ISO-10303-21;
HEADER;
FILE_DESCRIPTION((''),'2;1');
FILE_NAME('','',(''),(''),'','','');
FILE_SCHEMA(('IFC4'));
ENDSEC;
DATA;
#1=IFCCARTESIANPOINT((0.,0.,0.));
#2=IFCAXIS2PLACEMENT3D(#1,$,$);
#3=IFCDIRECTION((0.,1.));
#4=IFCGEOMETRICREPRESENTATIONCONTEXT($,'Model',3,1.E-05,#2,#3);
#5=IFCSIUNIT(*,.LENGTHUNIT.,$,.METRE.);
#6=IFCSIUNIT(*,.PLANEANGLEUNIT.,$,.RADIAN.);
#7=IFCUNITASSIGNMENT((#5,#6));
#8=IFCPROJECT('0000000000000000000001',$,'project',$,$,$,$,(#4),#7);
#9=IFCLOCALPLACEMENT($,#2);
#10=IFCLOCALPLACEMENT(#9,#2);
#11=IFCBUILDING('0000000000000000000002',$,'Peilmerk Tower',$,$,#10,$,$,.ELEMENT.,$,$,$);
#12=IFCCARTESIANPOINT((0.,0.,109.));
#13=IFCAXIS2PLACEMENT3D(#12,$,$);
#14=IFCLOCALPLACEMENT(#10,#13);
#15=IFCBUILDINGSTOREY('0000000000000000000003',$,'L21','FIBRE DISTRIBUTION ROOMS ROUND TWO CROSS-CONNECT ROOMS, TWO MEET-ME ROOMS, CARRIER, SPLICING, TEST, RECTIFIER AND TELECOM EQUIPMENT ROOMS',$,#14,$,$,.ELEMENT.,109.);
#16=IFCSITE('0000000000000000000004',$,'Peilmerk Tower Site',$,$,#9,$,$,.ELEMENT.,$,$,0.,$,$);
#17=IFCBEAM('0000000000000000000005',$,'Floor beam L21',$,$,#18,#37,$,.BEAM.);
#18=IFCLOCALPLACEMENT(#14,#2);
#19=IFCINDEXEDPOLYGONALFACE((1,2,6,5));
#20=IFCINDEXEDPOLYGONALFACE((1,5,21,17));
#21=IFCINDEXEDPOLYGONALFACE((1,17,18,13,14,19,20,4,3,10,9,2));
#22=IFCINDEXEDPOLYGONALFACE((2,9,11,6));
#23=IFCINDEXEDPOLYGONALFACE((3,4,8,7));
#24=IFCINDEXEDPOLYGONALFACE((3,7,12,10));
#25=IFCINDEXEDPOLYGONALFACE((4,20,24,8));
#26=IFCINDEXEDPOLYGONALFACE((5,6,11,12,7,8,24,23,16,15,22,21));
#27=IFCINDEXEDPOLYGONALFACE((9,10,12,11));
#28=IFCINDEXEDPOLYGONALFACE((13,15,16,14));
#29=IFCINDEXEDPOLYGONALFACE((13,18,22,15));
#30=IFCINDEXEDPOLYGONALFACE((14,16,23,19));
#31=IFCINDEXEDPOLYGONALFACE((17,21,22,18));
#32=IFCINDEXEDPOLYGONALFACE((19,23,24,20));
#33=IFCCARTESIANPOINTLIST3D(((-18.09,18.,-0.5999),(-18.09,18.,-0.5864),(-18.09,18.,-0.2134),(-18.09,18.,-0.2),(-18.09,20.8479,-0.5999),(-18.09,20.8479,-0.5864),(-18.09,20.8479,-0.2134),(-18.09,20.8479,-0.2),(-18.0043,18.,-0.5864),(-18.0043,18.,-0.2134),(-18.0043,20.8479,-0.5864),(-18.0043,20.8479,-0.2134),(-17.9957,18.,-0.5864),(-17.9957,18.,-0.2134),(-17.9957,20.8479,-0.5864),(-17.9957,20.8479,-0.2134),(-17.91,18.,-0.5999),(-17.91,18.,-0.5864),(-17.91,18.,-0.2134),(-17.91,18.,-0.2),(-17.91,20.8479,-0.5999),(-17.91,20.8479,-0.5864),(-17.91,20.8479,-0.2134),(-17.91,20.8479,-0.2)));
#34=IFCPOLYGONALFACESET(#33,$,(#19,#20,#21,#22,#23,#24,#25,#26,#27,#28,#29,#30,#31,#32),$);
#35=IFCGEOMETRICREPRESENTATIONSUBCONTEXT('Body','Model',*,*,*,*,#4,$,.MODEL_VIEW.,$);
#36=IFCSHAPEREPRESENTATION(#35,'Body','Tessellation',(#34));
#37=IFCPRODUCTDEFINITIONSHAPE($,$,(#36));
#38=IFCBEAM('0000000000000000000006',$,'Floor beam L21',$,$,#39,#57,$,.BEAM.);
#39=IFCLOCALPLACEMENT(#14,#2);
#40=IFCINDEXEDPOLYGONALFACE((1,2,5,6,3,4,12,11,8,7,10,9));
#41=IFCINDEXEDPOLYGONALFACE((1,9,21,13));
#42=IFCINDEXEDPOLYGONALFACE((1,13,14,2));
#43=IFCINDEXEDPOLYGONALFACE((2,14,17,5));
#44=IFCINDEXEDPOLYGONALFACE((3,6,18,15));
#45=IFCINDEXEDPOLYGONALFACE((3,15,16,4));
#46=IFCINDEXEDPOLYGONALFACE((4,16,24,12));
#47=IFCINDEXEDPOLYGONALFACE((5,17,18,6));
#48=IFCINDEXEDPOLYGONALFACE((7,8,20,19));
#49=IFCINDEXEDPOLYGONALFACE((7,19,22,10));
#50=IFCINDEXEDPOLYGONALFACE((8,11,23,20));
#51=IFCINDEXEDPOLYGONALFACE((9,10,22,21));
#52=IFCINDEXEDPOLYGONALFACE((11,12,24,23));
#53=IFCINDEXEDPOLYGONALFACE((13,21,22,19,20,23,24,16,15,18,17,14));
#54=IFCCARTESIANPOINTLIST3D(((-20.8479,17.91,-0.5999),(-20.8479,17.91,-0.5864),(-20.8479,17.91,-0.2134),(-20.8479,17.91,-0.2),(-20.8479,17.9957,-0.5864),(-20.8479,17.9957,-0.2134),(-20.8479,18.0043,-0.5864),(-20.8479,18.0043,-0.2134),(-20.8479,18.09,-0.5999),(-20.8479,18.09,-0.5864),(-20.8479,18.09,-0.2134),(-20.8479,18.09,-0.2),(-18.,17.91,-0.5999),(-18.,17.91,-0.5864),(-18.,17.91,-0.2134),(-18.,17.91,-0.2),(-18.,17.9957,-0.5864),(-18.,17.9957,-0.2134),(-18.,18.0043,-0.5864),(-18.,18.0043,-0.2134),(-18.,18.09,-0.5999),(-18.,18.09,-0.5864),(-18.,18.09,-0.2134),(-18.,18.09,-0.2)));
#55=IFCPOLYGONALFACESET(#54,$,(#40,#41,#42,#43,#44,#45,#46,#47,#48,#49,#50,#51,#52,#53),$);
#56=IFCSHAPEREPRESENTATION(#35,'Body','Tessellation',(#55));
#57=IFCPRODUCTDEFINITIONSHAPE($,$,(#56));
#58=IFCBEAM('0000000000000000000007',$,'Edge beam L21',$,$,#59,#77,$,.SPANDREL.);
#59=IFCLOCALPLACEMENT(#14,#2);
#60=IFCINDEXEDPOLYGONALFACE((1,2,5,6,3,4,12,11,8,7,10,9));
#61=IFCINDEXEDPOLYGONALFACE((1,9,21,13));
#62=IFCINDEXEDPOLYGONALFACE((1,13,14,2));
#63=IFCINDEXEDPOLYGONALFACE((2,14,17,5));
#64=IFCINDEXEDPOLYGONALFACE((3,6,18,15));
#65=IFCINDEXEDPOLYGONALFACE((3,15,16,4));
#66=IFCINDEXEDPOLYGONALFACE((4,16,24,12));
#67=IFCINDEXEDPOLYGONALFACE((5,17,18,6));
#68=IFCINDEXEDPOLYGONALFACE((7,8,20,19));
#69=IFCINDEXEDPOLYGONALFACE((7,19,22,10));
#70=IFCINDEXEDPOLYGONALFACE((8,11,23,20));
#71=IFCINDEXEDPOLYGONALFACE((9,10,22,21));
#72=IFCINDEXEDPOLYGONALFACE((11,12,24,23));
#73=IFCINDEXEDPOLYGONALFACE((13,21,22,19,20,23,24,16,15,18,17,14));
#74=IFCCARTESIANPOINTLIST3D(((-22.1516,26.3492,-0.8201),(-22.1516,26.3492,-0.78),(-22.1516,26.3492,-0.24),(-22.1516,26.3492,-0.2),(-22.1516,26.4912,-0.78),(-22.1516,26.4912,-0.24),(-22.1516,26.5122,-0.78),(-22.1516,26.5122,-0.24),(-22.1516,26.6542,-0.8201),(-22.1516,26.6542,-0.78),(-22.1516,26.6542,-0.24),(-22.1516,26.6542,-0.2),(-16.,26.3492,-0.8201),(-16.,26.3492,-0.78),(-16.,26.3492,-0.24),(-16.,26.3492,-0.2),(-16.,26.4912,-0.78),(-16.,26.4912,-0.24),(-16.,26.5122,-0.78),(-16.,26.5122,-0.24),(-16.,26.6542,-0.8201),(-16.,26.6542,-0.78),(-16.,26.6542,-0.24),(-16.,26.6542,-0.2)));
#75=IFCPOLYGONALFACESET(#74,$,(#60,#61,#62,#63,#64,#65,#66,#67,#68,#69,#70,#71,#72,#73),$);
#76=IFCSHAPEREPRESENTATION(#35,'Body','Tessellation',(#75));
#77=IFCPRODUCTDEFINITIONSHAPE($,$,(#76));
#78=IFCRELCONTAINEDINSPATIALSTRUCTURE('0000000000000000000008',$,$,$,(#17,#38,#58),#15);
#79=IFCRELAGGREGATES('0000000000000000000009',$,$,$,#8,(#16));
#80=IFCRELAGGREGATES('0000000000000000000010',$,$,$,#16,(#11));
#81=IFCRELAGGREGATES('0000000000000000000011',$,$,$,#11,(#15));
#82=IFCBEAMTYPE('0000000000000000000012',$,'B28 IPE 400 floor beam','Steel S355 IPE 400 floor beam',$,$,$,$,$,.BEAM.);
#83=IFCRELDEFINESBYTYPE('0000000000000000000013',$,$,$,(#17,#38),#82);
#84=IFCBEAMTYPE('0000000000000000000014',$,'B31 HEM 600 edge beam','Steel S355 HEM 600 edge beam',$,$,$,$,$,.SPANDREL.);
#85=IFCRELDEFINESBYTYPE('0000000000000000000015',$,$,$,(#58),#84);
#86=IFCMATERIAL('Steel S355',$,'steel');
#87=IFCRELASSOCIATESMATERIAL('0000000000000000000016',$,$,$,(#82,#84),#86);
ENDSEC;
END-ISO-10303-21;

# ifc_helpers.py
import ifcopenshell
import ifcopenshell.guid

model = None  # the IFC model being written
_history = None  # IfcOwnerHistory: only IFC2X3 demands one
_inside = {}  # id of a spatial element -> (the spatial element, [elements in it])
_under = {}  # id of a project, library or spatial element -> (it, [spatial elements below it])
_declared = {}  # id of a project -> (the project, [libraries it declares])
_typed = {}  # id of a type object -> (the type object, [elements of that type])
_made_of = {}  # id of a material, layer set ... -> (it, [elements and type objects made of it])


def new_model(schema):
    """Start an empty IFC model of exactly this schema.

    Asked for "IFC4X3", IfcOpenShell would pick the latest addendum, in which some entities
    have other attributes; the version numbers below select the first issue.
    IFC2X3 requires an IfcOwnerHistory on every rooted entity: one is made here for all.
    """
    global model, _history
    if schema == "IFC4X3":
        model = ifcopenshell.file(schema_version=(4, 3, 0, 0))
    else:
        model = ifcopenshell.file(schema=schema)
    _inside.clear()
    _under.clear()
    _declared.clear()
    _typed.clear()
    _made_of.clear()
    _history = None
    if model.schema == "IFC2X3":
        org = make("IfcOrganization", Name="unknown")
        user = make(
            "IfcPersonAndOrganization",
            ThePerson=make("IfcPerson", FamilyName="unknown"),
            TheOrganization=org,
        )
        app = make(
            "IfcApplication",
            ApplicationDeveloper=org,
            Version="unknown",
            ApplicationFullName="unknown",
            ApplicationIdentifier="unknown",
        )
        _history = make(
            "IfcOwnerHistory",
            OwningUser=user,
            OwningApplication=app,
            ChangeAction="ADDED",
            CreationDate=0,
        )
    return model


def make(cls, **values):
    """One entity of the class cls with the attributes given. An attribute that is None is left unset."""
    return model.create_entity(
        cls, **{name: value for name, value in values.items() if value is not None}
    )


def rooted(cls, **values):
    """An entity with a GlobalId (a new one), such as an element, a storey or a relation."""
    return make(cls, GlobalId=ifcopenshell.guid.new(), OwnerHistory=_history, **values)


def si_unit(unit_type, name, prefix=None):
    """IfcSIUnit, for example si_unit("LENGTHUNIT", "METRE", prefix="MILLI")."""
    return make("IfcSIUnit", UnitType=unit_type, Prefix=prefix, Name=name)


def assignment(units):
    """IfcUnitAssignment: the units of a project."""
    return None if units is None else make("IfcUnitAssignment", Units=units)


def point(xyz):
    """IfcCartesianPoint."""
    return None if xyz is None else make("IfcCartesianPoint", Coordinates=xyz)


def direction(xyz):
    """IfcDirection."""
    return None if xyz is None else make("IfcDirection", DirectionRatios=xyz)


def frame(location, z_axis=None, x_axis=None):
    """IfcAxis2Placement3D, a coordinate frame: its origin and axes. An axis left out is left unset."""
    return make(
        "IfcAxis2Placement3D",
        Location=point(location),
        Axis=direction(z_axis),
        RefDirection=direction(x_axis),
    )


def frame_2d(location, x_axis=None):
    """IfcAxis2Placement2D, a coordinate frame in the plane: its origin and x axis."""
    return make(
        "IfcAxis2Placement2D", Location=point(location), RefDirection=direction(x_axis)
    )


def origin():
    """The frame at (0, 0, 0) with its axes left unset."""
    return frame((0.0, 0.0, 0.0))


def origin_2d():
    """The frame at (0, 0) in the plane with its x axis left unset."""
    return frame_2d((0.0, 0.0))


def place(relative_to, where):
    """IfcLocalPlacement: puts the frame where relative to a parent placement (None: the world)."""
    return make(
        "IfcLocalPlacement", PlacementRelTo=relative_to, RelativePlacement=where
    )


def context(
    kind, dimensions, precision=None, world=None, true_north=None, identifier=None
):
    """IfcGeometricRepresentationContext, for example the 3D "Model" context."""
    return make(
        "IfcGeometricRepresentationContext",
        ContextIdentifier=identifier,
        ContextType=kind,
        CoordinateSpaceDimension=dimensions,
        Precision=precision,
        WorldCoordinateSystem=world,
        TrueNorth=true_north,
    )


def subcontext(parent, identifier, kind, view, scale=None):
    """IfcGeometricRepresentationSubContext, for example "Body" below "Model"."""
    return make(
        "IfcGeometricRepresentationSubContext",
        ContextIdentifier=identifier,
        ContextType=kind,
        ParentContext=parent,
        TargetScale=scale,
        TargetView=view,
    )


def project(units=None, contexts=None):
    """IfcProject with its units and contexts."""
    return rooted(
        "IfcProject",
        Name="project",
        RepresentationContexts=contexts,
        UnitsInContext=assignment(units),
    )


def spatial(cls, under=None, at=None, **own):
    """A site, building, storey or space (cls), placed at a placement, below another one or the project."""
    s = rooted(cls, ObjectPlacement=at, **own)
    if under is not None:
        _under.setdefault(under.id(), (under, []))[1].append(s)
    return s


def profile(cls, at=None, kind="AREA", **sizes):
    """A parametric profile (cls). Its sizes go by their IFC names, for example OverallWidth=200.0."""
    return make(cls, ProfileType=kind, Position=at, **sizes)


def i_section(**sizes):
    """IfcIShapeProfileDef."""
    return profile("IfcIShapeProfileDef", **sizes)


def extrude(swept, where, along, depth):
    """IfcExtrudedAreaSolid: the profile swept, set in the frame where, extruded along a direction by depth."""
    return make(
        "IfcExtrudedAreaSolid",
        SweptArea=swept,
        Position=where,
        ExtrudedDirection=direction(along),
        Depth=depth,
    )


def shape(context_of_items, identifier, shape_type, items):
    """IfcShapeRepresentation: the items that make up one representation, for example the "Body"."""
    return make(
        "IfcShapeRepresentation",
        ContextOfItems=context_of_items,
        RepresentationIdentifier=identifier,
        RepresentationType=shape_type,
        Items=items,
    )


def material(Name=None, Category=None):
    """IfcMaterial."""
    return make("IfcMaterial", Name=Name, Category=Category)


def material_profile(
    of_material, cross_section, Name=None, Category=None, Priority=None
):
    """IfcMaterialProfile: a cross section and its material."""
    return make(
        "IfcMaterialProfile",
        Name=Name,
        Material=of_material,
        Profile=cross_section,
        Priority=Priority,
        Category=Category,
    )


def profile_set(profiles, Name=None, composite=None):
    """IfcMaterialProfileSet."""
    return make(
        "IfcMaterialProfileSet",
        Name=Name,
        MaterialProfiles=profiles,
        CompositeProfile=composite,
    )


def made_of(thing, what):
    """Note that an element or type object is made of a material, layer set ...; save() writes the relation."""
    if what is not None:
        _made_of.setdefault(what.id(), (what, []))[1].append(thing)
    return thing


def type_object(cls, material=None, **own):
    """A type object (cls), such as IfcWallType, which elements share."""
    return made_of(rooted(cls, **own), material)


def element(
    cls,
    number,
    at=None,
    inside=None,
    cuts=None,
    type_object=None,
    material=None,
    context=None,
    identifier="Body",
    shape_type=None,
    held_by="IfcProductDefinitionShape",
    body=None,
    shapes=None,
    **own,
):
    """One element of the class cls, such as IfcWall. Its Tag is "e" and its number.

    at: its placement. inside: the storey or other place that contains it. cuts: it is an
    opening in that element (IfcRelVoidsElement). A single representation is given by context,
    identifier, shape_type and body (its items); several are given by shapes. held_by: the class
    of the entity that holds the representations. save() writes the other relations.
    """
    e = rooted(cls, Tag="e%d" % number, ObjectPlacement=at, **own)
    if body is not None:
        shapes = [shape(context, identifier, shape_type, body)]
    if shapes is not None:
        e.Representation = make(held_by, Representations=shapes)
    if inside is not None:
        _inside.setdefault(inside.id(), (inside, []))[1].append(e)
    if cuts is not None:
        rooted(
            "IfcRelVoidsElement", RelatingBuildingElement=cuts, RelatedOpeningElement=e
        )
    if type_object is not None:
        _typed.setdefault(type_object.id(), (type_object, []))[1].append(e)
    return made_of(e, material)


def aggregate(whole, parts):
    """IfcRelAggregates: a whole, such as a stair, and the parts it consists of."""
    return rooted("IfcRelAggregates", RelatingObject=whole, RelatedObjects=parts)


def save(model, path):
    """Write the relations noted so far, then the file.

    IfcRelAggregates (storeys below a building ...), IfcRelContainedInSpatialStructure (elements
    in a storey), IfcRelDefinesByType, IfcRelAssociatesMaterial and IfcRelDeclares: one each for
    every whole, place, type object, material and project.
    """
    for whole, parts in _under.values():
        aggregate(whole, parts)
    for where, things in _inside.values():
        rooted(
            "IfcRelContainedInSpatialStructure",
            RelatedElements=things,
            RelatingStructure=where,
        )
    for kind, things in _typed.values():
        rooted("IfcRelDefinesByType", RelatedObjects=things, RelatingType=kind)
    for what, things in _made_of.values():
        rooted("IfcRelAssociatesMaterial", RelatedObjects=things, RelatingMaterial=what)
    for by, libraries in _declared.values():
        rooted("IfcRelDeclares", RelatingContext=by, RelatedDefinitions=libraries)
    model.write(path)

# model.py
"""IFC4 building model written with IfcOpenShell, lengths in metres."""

from ifc_helpers import new_model, si_unit, direction, frame, origin, origin_2d, place, context, subcontext, project, spatial, i_section, extrude, material, material_profile, profile_set, type_object, element, save


model = new_model("IFC4")

# Units and contexts
model_context = context("Model", 3, precision=1e-05, world=origin(), true_north=direction((0.0, 1.0)))
body_context = subcontext(model_context, "Body", "Model", "MODEL_VIEW")
ifc_project = project(units=[si_unit("LENGTHUNIT", "METRE"), si_unit("PLANEANGLEUNIT", "RADIAN")], contexts=[model_context])

# Site, building, storey
site_placement = place(None, origin())
site = spatial("IfcSite", under=ifc_project, at=site_placement, Name="Peilmerk Tower Site", CompositionType="ELEMENT", RefElevation=0.0)
building_placement = place(site_placement, origin())
building = spatial("IfcBuilding", under=site, at=building_placement, Name="Peilmerk Tower", CompositionType="ELEMENT")
storey_placement = place(building_placement, frame((0.0, 0.0, 109.0)))
storey = spatial("IfcBuildingStorey", under=building, at=storey_placement, Name="L21", Description="FIBRE DISTRIBUTION ROOMS ROUND TWO CROSS-CONNECT ROOMS, TWO MEET-ME ROOMS, CARRIER, SPLICING, TEST, RECTIFIER AND TELECOM EQUIPMENT ROOMS", CompositionType="ELEMENT", Elevation=109.0)

# Beams
ifc_material_1 = material(Name="Steel S355", Category="steel")
ifc_material_profile_1 = material_profile(ifc_material_1, i_section(OverallWidth=0.1799, OverallDepth=0.3999, WebThickness=0.0085, FlangeThickness=0.0134, at=origin_2d()), Name="IPE 400")
ifc_profile_set_1 = profile_set([ifc_material_profile_1], Name="Steel S355")
beam_type_1 = type_object("IfcBeamType", Name="B28 IPE 400 floor beam", Description="Steel S355 IPE 400 floor beam", PredefinedType="BEAM", material=ifc_profile_set_1)
for number, where, z_axis, x_axis, name in (
    (1, (-18.0, 18.0, -0.3999), (0.0, 1.0, 0.0), (-1.0, 0.0, 0.0), "Floor beam L21"),
    (2, (-18.0, 18.0, -0.3999), (-1.0, 0.0, 0.0), (0.0, -1.0, 0.0), "Floor beam L21"),
):
    element("IfcBeam", number, at=place(storey_placement, frame(where, z_axis=z_axis, x_axis=x_axis)), inside=storey, type_object=beam_type_1, Name=name, PredefinedType="BEAM", context=body_context, shape_type="SweptSolid", body=[
        extrude(i_section(OverallWidth=0.1799, OverallDepth=0.3999, WebThickness=0.0085, FlangeThickness=0.0134, at=origin_2d()), origin(), (0.0, 0.0, 1.0), 2.8479),
    ])
ifc_material_profile_2 = material_profile(ifc_material_1, i_section(OverallWidth=0.3049, OverallDepth=0.6201, WebThickness=0.021, FlangeThickness=0.04, at=origin_2d()), Name="HEM 600")
ifc_profile_set_2 = profile_set([ifc_material_profile_2], Name="Steel S355")
beam_type_2 = type_object("IfcBeamType", Name="B31 HEM 600 edge beam", Description="Steel S355 HEM 600 edge beam", PredefinedType="SPANDREL", material=ifc_profile_set_2)
beam_1_placement = place(storey_placement, frame((-16.0, 26.5017, -0.51), z_axis=(-1.0, 0.0, 0.0), x_axis=(0.0, -1.0, 0.0)))
element("IfcBeam", 3, at=beam_1_placement, inside=storey, type_object=beam_type_2, Name="Edge beam L21", PredefinedType="SPANDREL", context=body_context, shape_type="SweptSolid", body=[
    extrude(i_section(OverallWidth=0.3049, OverallDepth=0.6201, WebThickness=0.021, FlangeThickness=0.04, at=origin_2d()), origin(), (0.0, 0.0, 1.0), 6.1516),
])

save(model, "model.ifc")
